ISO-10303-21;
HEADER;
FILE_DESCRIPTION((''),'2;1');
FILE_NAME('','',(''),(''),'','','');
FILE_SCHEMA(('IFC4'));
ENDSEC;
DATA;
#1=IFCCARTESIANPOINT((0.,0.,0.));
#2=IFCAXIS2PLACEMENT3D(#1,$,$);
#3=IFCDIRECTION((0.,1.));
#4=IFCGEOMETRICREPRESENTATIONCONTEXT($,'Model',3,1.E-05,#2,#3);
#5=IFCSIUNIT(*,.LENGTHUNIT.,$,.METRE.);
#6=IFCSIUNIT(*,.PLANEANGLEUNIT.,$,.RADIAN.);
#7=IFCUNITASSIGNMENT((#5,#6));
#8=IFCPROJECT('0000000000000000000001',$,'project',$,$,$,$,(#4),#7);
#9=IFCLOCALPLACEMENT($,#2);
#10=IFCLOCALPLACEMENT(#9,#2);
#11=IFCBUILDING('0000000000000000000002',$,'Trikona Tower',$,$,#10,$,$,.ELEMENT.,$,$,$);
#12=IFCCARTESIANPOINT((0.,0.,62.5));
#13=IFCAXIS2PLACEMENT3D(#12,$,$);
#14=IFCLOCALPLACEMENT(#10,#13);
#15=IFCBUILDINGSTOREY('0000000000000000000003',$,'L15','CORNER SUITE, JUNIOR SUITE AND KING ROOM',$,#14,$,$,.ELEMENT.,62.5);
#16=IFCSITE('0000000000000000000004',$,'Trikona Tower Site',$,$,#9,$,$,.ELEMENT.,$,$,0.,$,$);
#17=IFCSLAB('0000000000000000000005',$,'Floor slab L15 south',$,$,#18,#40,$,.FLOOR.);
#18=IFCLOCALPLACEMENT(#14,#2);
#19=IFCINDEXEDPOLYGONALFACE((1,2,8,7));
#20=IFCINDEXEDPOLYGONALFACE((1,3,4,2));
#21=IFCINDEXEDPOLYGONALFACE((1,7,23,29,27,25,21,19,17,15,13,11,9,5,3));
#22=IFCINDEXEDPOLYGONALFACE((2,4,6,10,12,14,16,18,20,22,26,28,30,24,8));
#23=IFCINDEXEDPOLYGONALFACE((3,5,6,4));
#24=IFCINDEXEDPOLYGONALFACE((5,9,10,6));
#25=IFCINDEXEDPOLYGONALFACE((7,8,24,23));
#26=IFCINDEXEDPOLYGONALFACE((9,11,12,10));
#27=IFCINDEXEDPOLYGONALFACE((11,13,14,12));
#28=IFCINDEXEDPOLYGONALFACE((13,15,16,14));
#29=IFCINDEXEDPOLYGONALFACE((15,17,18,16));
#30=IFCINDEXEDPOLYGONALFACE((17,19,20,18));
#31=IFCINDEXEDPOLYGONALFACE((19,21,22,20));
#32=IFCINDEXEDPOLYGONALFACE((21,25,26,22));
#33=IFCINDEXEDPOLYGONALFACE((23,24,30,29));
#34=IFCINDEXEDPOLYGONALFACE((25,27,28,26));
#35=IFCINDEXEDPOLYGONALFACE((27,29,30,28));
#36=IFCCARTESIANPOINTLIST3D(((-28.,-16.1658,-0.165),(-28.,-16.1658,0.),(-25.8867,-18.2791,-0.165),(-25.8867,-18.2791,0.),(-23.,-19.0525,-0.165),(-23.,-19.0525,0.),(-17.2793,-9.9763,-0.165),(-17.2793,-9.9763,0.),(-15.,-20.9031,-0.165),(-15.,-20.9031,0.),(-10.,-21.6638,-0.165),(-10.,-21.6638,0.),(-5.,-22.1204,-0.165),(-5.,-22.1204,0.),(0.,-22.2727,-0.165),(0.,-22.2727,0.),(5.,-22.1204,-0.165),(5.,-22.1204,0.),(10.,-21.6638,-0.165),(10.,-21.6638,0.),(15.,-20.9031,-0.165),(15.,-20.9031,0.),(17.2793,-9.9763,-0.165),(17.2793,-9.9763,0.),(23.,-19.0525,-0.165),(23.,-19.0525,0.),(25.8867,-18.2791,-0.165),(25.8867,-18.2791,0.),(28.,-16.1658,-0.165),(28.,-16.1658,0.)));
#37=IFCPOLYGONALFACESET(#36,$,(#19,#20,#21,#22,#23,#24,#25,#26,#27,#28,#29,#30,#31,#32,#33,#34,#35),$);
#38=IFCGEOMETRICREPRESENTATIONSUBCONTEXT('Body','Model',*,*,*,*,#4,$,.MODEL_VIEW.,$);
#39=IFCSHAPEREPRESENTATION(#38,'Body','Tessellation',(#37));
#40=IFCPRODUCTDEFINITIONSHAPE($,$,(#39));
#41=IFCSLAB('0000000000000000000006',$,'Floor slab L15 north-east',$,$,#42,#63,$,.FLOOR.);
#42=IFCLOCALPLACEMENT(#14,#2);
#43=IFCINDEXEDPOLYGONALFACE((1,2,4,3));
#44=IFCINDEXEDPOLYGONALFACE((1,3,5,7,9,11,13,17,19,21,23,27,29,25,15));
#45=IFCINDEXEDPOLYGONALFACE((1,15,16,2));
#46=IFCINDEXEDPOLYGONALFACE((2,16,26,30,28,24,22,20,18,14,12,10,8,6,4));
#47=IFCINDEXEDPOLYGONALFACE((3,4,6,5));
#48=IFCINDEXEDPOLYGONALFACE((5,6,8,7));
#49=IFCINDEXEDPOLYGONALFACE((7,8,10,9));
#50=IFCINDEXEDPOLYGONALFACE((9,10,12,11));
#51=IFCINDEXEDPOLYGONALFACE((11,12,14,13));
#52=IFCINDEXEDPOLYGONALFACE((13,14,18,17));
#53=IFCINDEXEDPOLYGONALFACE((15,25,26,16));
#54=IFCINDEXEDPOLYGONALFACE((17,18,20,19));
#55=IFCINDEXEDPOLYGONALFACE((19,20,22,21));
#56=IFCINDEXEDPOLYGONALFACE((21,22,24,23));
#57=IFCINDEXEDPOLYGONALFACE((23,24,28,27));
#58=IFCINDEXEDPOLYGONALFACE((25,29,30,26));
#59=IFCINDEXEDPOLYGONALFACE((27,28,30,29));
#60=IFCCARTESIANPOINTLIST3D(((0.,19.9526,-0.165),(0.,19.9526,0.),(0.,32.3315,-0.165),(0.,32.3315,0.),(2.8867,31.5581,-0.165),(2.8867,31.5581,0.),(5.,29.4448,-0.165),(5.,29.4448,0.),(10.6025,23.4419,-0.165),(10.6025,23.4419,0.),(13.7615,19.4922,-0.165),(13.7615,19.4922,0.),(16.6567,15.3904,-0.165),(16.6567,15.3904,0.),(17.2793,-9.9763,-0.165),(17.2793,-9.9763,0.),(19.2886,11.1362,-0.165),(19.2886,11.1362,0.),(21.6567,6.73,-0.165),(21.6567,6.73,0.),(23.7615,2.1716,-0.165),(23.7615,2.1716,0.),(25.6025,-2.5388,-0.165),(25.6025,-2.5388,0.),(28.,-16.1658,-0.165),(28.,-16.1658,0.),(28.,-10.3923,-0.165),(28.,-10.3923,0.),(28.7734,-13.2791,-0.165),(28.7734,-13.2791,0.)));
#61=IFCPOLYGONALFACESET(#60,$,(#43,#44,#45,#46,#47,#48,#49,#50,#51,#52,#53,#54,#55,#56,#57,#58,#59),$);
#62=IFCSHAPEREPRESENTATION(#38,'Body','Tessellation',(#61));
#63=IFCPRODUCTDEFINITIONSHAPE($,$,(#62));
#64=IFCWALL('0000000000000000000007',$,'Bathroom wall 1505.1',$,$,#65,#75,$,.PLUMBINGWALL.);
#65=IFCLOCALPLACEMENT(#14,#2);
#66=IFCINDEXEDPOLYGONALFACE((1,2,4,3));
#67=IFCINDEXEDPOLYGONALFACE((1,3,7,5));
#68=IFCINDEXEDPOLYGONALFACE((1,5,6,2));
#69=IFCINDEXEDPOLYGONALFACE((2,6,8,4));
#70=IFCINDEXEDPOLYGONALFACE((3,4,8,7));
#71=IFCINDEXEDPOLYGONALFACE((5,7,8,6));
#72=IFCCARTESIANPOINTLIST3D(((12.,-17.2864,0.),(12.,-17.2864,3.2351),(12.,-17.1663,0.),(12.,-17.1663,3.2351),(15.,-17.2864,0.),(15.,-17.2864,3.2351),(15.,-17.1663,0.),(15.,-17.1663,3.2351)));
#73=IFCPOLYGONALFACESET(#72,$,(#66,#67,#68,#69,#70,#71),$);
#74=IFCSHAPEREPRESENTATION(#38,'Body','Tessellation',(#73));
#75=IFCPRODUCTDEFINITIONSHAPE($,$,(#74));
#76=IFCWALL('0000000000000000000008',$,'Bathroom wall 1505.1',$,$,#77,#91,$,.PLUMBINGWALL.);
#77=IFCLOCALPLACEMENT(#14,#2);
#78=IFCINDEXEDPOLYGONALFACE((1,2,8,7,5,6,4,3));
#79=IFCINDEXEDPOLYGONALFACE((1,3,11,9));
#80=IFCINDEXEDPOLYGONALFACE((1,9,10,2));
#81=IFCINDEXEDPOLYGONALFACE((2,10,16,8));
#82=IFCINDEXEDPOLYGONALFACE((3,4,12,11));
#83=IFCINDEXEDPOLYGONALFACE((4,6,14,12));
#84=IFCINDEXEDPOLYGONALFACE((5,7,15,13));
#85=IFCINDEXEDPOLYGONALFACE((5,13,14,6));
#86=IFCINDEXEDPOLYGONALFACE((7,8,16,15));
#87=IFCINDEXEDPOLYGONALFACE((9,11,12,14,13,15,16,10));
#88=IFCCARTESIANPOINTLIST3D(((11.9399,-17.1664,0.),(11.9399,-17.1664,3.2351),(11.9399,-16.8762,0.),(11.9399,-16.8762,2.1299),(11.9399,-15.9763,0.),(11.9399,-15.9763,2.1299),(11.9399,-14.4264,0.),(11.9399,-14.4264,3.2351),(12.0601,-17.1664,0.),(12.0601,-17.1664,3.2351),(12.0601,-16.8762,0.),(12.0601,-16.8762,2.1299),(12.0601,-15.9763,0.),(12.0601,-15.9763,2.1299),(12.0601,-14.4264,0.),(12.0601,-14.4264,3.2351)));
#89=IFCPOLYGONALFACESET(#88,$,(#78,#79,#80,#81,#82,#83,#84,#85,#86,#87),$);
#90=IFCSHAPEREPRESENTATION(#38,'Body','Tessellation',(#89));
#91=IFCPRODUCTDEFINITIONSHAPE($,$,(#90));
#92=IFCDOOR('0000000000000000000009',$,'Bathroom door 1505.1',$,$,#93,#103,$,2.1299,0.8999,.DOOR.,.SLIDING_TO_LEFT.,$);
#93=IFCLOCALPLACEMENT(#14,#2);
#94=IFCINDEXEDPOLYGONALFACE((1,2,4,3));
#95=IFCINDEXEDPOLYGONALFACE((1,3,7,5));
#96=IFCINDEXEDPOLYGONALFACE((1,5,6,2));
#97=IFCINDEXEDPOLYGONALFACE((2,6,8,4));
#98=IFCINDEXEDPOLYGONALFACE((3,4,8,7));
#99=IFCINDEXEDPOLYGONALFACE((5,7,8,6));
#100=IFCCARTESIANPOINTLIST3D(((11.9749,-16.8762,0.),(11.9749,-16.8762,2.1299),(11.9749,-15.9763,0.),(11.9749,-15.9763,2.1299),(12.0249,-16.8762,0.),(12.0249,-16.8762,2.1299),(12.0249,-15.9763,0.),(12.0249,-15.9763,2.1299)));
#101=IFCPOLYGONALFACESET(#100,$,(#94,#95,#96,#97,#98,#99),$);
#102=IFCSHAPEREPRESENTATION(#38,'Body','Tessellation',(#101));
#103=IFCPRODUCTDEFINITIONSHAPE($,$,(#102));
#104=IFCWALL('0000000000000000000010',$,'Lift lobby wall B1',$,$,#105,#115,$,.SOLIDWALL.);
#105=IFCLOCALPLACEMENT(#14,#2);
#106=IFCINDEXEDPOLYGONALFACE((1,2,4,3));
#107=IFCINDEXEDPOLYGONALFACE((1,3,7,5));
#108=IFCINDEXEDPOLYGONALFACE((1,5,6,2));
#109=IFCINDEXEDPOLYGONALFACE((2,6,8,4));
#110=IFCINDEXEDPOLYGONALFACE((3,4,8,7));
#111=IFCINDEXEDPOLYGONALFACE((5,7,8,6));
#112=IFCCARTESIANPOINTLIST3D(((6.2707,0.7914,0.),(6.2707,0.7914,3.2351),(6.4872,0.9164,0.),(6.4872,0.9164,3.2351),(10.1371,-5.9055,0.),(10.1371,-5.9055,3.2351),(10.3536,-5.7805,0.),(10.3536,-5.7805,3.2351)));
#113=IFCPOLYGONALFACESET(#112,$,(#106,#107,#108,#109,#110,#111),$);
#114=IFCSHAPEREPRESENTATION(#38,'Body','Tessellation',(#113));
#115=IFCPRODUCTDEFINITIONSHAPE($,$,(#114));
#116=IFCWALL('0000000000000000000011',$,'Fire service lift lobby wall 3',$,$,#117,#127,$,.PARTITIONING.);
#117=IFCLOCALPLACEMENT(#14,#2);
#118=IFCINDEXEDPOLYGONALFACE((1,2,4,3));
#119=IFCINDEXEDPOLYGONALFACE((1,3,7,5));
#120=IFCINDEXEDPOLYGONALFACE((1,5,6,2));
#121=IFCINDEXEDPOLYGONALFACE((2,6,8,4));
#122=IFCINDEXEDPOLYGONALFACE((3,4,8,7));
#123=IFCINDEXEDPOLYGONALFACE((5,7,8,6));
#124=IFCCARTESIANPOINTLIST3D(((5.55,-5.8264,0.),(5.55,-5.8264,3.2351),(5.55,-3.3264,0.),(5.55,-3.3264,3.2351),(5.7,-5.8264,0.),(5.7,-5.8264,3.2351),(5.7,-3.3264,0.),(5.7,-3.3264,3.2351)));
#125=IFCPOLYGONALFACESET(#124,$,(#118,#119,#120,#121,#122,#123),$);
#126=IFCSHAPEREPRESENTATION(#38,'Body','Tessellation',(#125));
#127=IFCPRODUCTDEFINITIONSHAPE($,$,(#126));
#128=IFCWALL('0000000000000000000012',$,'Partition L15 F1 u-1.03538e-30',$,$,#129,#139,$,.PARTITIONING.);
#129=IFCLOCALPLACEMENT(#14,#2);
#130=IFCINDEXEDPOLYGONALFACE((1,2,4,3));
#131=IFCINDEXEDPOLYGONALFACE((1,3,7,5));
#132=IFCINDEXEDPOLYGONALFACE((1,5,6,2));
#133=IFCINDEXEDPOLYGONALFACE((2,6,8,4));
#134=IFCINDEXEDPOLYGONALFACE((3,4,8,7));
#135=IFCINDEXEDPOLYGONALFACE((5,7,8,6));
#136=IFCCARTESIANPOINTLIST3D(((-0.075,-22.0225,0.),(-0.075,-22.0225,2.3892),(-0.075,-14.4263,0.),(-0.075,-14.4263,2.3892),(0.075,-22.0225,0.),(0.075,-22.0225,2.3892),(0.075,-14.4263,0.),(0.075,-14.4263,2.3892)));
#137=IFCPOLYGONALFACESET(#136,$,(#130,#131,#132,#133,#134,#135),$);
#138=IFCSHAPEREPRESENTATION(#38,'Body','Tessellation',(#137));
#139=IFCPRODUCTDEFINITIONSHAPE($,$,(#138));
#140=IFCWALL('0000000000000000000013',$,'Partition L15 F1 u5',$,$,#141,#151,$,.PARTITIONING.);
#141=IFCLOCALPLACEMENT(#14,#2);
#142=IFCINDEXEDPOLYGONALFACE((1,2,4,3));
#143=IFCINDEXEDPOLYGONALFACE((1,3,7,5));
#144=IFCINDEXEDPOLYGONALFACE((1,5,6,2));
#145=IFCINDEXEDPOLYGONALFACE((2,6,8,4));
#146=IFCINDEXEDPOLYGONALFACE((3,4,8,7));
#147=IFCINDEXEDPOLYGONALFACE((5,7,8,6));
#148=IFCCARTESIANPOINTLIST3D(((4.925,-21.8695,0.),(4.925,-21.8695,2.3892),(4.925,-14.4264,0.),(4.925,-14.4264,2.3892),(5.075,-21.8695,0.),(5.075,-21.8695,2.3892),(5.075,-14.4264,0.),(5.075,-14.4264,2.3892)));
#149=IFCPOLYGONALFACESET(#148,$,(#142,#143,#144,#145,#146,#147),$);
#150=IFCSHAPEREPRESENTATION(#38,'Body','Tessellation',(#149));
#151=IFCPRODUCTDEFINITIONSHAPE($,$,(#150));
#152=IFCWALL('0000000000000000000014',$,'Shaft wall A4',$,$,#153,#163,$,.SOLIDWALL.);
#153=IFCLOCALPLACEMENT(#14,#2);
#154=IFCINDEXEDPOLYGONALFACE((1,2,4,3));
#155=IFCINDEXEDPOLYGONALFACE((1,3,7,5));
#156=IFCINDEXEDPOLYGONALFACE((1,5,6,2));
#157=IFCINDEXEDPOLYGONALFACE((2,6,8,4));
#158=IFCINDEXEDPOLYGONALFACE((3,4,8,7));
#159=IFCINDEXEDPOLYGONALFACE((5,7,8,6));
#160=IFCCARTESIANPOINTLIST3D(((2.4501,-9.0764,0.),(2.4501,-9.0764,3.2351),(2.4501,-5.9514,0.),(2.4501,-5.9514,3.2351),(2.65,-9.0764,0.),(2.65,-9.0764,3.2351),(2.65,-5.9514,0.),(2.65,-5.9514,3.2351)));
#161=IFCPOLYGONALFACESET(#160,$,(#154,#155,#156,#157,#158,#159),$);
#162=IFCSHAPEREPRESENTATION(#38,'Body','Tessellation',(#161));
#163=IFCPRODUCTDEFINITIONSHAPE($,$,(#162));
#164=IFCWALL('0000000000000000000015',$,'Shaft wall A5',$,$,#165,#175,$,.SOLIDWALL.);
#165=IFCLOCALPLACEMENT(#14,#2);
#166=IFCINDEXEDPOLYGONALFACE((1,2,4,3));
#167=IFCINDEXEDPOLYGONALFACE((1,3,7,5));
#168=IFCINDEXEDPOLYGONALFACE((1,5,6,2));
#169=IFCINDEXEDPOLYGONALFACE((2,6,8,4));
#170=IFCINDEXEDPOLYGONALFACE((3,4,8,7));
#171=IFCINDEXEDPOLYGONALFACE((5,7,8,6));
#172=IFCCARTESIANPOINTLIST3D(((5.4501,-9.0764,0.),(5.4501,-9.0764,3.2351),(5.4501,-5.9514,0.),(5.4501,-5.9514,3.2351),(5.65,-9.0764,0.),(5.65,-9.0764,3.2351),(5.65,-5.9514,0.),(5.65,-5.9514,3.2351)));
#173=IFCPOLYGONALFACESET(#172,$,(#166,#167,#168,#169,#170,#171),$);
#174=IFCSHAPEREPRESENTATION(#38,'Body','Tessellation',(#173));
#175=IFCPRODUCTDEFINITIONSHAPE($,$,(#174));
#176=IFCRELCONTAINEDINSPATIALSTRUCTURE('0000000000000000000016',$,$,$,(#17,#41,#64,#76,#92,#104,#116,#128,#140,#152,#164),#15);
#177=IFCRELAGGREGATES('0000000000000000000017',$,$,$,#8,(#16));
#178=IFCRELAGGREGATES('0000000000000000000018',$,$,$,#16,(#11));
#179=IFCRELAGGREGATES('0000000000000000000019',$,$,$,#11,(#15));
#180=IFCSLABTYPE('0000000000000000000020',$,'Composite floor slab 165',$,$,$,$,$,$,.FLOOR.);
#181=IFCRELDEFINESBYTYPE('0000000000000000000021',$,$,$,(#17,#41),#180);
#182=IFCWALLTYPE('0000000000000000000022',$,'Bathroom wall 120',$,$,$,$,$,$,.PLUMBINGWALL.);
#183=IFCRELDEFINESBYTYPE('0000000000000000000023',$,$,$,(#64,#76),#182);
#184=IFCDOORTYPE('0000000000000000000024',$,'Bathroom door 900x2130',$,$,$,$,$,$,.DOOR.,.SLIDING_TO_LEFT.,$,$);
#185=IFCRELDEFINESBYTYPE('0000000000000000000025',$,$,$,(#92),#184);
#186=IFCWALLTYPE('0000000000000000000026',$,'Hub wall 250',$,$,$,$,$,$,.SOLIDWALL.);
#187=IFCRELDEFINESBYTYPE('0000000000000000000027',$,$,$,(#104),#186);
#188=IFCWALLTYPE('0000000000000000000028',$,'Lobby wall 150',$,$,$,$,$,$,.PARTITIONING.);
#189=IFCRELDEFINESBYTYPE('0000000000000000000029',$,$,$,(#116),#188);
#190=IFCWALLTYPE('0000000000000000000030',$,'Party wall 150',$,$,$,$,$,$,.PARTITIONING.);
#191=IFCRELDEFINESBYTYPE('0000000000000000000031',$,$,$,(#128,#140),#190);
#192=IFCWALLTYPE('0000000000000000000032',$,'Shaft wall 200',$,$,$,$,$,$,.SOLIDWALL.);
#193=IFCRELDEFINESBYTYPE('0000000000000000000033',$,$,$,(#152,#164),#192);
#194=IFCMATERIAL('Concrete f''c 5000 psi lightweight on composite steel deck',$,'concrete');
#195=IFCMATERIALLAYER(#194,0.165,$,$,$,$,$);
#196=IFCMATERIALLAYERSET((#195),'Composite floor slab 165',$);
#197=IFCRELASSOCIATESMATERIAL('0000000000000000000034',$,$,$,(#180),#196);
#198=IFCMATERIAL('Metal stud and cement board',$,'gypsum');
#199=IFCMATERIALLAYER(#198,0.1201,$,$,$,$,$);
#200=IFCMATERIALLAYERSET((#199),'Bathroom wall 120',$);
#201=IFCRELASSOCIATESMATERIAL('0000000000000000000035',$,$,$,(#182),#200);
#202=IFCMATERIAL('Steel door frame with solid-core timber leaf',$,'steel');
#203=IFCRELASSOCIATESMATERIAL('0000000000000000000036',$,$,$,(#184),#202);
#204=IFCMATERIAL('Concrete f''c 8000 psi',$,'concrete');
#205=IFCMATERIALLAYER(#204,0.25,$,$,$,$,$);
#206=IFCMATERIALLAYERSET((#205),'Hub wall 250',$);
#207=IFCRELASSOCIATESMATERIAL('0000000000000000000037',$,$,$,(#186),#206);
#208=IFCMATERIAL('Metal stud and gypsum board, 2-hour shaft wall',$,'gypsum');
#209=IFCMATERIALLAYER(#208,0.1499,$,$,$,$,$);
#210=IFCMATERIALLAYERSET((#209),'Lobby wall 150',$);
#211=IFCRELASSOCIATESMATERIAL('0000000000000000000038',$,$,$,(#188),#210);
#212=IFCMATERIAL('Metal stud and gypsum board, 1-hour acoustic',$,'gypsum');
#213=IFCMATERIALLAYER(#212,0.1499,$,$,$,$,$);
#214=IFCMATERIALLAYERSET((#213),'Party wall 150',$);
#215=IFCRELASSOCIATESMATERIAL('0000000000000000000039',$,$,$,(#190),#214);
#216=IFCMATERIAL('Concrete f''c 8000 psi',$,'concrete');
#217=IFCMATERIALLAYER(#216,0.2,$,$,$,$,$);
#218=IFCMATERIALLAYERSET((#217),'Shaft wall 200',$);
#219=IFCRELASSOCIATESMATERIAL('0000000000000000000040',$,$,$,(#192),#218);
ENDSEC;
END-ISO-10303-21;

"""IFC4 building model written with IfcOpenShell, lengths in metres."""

from ifc_helpers import new_model, si_unit, direction, frame, frame_2d, origin, place, context, subcontext, project, spatial, polyline, rectangle, outline, extrude, material, layer, layer_set, type_object, element, fill, save


model = new_model("IFC4")

# Units and contexts
model_context = context("Model", 3, precision=1e-05, world=origin(), true_north=direction((0.0, 1.0)))
body_context = subcontext(model_context, "Body", "Model", "MODEL_VIEW")
ifc_project = project(units=[si_unit("LENGTHUNIT", "METRE"), si_unit("PLANEANGLEUNIT", "RADIAN")], contexts=[model_context])

# Site, building, storey
site_placement = place(None, origin())
site = spatial("IfcSite", under=ifc_project, at=site_placement, Name="Trikona Tower Site", CompositionType="ELEMENT", RefElevation=0.0)
building_placement = place(site_placement, origin())
building = spatial("IfcBuilding", under=site, at=building_placement, Name="Trikona Tower", CompositionType="ELEMENT")
storey_placement = place(building_placement, frame((0.0, 0.0, 62.5)))
storey = spatial("IfcBuildingStorey", under=building, at=storey_placement, Name="L15", Description="CORNER SUITE, JUNIOR SUITE AND KING ROOM", CompositionType="ELEMENT", Elevation=62.5)

# Slabs
ifc_material_1 = material(Name="Concrete f'c 5000 psi lightweight on composite steel deck", Category="concrete")
ifc_layer_1 = layer(ifc_material_1, 0.165)
ifc_layer_set_1 = layer_set([ifc_layer_1], Name="Composite floor slab 165")
slab_type = type_object("IfcSlabType", Name="Composite floor slab 165", PredefinedType="FLOOR", material=ifc_layer_set_1)
slab_1_placement = place(storey_placement, frame((0.0, 0.0, -0.165)))
element("IfcSlab", 1, at=slab_1_placement, inside=storey, type_object=slab_type, Name="Floor slab L15 south", PredefinedType="FLOOR", context=body_context, shape_type="SweptSolid", body=[
    extrude(outline(polyline([(25.8867, -18.2791), (28.0, -16.1658), (17.2793, -9.9763), (-17.2793, -9.9763), (-28.0, -16.1658), (-25.8867, -18.2791), (-23.0, -19.0525), (-15.0, -20.9031), (-10.0, -21.6638), (-5.0, -22.1204), (0.0, -22.2727), (5.0, -22.1204), (10.0, -21.6638), (15.0, -20.9031), (23.0, -19.0525), (25.8867, -18.2791)])), origin(), (0.0, 0.0, 1.0), 0.165),
])
slab_2_placement = place(storey_placement, frame((0.0, 0.0, -0.165)))
element("IfcSlab", 2, at=slab_2_placement, inside=storey, type_object=slab_type, Name="Floor slab L15 north-east", PredefinedType="FLOOR", context=body_context, shape_type="SweptSolid", body=[
    extrude(outline(polyline([(2.8867, 31.5581), (0.0, 32.3315), (0.0, 19.9526), (17.2793, -9.9763), (28.0, -16.1658), (28.7734, -13.2791), (28.0, -10.3923), (25.6025, -2.5388), (23.7615, 2.1716), (21.6567, 6.73), (19.2886, 11.1362), (16.6567, 15.3904), (13.7615, 19.4922), (10.6025, 23.4419), (5.0, 29.4448), (2.8867, 31.5581)])), origin(), (0.0, 0.0, 1.0), 0.165),
])

# Wall
ifc_material_2 = material(Name="Metal stud and cement board", Category="gypsum")
ifc_layer_2 = layer(ifc_material_2, 0.1201)
ifc_layer_set_2 = layer_set([ifc_layer_2], Name="Bathroom wall 120")
wall_type_1 = type_object("IfcWallType", Name="Bathroom wall 120", PredefinedType="PLUMBINGWALL", material=ifc_layer_set_2)
wall_1_placement = place(storey_placement, frame((12.0, -17.2263, 0.0), z_axis=(0.0, 0.0, 1.0), x_axis=(1.0, 0.0, 0.0)))
element("IfcWall", 3, at=wall_1_placement, inside=storey, type_object=wall_type_1, Name="Bathroom wall 1505.1", PredefinedType="PLUMBINGWALL", context=body_context, shape_type="SweptSolid", body=[
    extrude(rectangle(XDim=3.0, YDim=0.1201, at=frame_2d((1.5, 0.0))), origin(), (0.0, 0.0, 1.0), 3.2351),
])

# Wall, opening, door
wall_2_placement = place(storey_placement, frame((12.0, -14.4263, 0.0), z_axis=(0.0, 0.0, 1.0), x_axis=(0.0, -1.0, 0.0)))
wall_2 = element("IfcWall", 4, at=wall_2_placement, inside=storey, type_object=wall_type_1, Name="Bathroom wall 1505.1", PredefinedType="PLUMBINGWALL", context=body_context, shape_type="SweptSolid", body=[
    extrude(rectangle(XDim=2.74, YDim=0.1201, at=frame_2d((1.3701, 0.0))), origin(), (0.0, 0.0, 1.0), 3.2351),
])
opening_1_placement = place(wall_2_placement, frame((1.55, 0.0, 0.0)))
opening_1 = element("IfcOpeningElement", 5, at=opening_1_placement, cuts=wall_2, PredefinedType="OPENING", context=body_context, shape_type="SweptSolid", body=[
    extrude(rectangle(XDim=0.8999, YDim=2.1299, at=frame_2d((0.45, 1.0649))), frame((0.0, 0.0701, 0.0), z_axis=(0.0, -1.0, 0.0), x_axis=(1.0, 0.0, 0.0)), (0.0, 0.0, 1.0), 0.1401),
])
ifc_material_3 = material(Name="Steel door frame with solid-core timber leaf", Category="steel")
door_type_1 = type_object("IfcDoorType", Name="Bathroom door 900x2130", OperationType="SLIDING_TO_LEFT", PredefinedType="DOOR", material=ifc_material_3)
door_1_placement = place(opening_1_placement, origin())
door_1 = element("IfcDoor", 6, at=door_1_placement, inside=storey, type_object=door_type_1, Name="Bathroom door 1505.1", OperationType="SLIDING_TO_LEFT", OverallHeight=2.1299, OverallWidth=0.8999, PredefinedType="DOOR", context=body_context, shape_type="SweptSolid", body=[
    extrude(rectangle(XDim=0.8999, YDim=2.1299, at=frame_2d((0.45, 1.0649))), frame((0.0, 0.0249, 0.0), z_axis=(0.0, -1.0, 0.0), x_axis=(1.0, 0.0, 0.0)), (0.0, 0.0, 1.0), 0.05),
])
fill(opening_1, door_1)

# Walls
ifc_material_4 = material(Name="Concrete f'c 8000 psi", Category="concrete")
ifc_layer_3 = layer(ifc_material_4, 0.25)
ifc_layer_set_3 = layer_set([ifc_layer_3], Name="Hub wall 250")
wall_type_2 = type_object("IfcWallType", Name="Hub wall 250", PredefinedType="SOLIDWALL", material=ifc_layer_set_3)
wall_3_placement = place(storey_placement, frame((10.2454, -5.843, 0.0), z_axis=(0.0, 0.0, 1.0), x_axis=(-0.499993, 0.866029, 0.0)))
element("IfcWall", 7, at=wall_3_placement, inside=storey, type_object=wall_type_2, Name="Lift lobby wall B1", PredefinedType="SOLIDWALL", context=body_context, shape_type="SweptSolid", body=[
    extrude(rectangle(XDim=7.7329, YDim=0.25, at=frame_2d((3.8665, 0.0))), origin(), (0.0, 0.0, 1.0), 3.2351),
])
ifc_material_5 = material(Name="Metal stud and gypsum board, 2-hour shaft wall", Category="gypsum")
ifc_layer_4 = layer(ifc_material_5, 0.1499)
ifc_layer_set_4 = layer_set([ifc_layer_4], Name="Lobby wall 150")
wall_type_3 = type_object("IfcWallType", Name="Lobby wall 150", PredefinedType="PARTITIONING", material=ifc_layer_set_4)
wall_4_placement = place(storey_placement, frame((5.625, -5.8264, 0.0), z_axis=(0.0, 0.0, 1.0), x_axis=(0.0, 1.0, 0.0)))
element("IfcWall", 8, at=wall_4_placement, inside=storey, type_object=wall_type_3, Name="Fire service lift lobby wall 3", PredefinedType="PARTITIONING", context=body_context, shape_type="SweptSolid", body=[
    extrude(rectangle(XDim=2.5, YDim=0.1499, at=frame_2d((1.25, 0.0))), origin(), (0.0, 0.0, 1.0), 3.2351),
])
ifc_material_6 = material(Name="Metal stud and gypsum board, 1-hour acoustic", Category="gypsum")
ifc_layer_5 = layer(ifc_material_6, 0.1499)
ifc_layer_set_5 = layer_set([ifc_layer_5], Name="Party wall 150")
wall_type_4 = type_object("IfcWallType", Name="Party wall 150", PredefinedType="PARTITIONING", material=ifc_layer_set_5)
wall_5_placement = place(storey_placement, frame((0.0, -14.4263, 0.0), z_axis=(0.0, 0.0, 1.0), x_axis=(0.0, -1.0, 0.0)))
element("IfcWall", 9, at=wall_5_placement, inside=storey, type_object=wall_type_4, Name="Partition L15 F1 u-1.03538e-30", PredefinedType="PARTITIONING", context=body_context, shape_type="SweptSolid", body=[
    extrude(rectangle(XDim=7.5962, YDim=0.1499, at=frame_2d((3.7981, 0.0))), origin(), (0.0, 0.0, 1.0), 2.3892),
])
wall_6_placement = place(storey_placement, frame((5.0, -14.4263, 0.0), z_axis=(0.0, 0.0, 1.0), x_axis=(0.0, -1.0, 0.0)))
element("IfcWall", 10, at=wall_6_placement, inside=storey, type_object=wall_type_4, Name="Partition L15 F1 u5", PredefinedType="PARTITIONING", context=body_context, shape_type="SweptSolid", body=[
    extrude(rectangle(XDim=7.4431, YDim=0.1499, at=frame_2d((3.7217, 0.0))), origin(), (0.0, 0.0, 1.0), 2.3892),
])
ifc_material_7 = material(Name="Concrete f'c 8000 psi", Category="concrete")
ifc_layer_6 = layer(ifc_material_7, 0.2)
ifc_layer_set_6 = layer_set([ifc_layer_6], Name="Shaft wall 200")
wall_type_5 = type_object("IfcWallType", Name="Shaft wall 200", PredefinedType="SOLIDWALL", material=ifc_layer_set_6)
for number, where, z_axis, x_axis, name in (
    (11, (2.55, -5.9514, 0.0), (0.0, 0.0, 1.0), (0.0, -1.0, 0.0), "Shaft wall A4"),
    (12, (5.55, -5.9514, 0.0), (0.0, 0.0, 1.0), (0.0, -1.0, 0.0), "Shaft wall A5"),
):
    element("IfcWall", number, at=place(storey_placement, frame(where, z_axis=z_axis, x_axis=x_axis)), inside=storey, type_object=wall_type_5, Name=name, PredefinedType="SOLIDWALL", context=body_context, shape_type="SweptSolid", body=[
        extrude(rectangle(XDim=3.125, YDim=0.2, at=frame_2d((1.5625, 0.0))), origin(), (0.0, 0.0, 1.0), 3.2351),
    ])

save(model, "model.ifc")
